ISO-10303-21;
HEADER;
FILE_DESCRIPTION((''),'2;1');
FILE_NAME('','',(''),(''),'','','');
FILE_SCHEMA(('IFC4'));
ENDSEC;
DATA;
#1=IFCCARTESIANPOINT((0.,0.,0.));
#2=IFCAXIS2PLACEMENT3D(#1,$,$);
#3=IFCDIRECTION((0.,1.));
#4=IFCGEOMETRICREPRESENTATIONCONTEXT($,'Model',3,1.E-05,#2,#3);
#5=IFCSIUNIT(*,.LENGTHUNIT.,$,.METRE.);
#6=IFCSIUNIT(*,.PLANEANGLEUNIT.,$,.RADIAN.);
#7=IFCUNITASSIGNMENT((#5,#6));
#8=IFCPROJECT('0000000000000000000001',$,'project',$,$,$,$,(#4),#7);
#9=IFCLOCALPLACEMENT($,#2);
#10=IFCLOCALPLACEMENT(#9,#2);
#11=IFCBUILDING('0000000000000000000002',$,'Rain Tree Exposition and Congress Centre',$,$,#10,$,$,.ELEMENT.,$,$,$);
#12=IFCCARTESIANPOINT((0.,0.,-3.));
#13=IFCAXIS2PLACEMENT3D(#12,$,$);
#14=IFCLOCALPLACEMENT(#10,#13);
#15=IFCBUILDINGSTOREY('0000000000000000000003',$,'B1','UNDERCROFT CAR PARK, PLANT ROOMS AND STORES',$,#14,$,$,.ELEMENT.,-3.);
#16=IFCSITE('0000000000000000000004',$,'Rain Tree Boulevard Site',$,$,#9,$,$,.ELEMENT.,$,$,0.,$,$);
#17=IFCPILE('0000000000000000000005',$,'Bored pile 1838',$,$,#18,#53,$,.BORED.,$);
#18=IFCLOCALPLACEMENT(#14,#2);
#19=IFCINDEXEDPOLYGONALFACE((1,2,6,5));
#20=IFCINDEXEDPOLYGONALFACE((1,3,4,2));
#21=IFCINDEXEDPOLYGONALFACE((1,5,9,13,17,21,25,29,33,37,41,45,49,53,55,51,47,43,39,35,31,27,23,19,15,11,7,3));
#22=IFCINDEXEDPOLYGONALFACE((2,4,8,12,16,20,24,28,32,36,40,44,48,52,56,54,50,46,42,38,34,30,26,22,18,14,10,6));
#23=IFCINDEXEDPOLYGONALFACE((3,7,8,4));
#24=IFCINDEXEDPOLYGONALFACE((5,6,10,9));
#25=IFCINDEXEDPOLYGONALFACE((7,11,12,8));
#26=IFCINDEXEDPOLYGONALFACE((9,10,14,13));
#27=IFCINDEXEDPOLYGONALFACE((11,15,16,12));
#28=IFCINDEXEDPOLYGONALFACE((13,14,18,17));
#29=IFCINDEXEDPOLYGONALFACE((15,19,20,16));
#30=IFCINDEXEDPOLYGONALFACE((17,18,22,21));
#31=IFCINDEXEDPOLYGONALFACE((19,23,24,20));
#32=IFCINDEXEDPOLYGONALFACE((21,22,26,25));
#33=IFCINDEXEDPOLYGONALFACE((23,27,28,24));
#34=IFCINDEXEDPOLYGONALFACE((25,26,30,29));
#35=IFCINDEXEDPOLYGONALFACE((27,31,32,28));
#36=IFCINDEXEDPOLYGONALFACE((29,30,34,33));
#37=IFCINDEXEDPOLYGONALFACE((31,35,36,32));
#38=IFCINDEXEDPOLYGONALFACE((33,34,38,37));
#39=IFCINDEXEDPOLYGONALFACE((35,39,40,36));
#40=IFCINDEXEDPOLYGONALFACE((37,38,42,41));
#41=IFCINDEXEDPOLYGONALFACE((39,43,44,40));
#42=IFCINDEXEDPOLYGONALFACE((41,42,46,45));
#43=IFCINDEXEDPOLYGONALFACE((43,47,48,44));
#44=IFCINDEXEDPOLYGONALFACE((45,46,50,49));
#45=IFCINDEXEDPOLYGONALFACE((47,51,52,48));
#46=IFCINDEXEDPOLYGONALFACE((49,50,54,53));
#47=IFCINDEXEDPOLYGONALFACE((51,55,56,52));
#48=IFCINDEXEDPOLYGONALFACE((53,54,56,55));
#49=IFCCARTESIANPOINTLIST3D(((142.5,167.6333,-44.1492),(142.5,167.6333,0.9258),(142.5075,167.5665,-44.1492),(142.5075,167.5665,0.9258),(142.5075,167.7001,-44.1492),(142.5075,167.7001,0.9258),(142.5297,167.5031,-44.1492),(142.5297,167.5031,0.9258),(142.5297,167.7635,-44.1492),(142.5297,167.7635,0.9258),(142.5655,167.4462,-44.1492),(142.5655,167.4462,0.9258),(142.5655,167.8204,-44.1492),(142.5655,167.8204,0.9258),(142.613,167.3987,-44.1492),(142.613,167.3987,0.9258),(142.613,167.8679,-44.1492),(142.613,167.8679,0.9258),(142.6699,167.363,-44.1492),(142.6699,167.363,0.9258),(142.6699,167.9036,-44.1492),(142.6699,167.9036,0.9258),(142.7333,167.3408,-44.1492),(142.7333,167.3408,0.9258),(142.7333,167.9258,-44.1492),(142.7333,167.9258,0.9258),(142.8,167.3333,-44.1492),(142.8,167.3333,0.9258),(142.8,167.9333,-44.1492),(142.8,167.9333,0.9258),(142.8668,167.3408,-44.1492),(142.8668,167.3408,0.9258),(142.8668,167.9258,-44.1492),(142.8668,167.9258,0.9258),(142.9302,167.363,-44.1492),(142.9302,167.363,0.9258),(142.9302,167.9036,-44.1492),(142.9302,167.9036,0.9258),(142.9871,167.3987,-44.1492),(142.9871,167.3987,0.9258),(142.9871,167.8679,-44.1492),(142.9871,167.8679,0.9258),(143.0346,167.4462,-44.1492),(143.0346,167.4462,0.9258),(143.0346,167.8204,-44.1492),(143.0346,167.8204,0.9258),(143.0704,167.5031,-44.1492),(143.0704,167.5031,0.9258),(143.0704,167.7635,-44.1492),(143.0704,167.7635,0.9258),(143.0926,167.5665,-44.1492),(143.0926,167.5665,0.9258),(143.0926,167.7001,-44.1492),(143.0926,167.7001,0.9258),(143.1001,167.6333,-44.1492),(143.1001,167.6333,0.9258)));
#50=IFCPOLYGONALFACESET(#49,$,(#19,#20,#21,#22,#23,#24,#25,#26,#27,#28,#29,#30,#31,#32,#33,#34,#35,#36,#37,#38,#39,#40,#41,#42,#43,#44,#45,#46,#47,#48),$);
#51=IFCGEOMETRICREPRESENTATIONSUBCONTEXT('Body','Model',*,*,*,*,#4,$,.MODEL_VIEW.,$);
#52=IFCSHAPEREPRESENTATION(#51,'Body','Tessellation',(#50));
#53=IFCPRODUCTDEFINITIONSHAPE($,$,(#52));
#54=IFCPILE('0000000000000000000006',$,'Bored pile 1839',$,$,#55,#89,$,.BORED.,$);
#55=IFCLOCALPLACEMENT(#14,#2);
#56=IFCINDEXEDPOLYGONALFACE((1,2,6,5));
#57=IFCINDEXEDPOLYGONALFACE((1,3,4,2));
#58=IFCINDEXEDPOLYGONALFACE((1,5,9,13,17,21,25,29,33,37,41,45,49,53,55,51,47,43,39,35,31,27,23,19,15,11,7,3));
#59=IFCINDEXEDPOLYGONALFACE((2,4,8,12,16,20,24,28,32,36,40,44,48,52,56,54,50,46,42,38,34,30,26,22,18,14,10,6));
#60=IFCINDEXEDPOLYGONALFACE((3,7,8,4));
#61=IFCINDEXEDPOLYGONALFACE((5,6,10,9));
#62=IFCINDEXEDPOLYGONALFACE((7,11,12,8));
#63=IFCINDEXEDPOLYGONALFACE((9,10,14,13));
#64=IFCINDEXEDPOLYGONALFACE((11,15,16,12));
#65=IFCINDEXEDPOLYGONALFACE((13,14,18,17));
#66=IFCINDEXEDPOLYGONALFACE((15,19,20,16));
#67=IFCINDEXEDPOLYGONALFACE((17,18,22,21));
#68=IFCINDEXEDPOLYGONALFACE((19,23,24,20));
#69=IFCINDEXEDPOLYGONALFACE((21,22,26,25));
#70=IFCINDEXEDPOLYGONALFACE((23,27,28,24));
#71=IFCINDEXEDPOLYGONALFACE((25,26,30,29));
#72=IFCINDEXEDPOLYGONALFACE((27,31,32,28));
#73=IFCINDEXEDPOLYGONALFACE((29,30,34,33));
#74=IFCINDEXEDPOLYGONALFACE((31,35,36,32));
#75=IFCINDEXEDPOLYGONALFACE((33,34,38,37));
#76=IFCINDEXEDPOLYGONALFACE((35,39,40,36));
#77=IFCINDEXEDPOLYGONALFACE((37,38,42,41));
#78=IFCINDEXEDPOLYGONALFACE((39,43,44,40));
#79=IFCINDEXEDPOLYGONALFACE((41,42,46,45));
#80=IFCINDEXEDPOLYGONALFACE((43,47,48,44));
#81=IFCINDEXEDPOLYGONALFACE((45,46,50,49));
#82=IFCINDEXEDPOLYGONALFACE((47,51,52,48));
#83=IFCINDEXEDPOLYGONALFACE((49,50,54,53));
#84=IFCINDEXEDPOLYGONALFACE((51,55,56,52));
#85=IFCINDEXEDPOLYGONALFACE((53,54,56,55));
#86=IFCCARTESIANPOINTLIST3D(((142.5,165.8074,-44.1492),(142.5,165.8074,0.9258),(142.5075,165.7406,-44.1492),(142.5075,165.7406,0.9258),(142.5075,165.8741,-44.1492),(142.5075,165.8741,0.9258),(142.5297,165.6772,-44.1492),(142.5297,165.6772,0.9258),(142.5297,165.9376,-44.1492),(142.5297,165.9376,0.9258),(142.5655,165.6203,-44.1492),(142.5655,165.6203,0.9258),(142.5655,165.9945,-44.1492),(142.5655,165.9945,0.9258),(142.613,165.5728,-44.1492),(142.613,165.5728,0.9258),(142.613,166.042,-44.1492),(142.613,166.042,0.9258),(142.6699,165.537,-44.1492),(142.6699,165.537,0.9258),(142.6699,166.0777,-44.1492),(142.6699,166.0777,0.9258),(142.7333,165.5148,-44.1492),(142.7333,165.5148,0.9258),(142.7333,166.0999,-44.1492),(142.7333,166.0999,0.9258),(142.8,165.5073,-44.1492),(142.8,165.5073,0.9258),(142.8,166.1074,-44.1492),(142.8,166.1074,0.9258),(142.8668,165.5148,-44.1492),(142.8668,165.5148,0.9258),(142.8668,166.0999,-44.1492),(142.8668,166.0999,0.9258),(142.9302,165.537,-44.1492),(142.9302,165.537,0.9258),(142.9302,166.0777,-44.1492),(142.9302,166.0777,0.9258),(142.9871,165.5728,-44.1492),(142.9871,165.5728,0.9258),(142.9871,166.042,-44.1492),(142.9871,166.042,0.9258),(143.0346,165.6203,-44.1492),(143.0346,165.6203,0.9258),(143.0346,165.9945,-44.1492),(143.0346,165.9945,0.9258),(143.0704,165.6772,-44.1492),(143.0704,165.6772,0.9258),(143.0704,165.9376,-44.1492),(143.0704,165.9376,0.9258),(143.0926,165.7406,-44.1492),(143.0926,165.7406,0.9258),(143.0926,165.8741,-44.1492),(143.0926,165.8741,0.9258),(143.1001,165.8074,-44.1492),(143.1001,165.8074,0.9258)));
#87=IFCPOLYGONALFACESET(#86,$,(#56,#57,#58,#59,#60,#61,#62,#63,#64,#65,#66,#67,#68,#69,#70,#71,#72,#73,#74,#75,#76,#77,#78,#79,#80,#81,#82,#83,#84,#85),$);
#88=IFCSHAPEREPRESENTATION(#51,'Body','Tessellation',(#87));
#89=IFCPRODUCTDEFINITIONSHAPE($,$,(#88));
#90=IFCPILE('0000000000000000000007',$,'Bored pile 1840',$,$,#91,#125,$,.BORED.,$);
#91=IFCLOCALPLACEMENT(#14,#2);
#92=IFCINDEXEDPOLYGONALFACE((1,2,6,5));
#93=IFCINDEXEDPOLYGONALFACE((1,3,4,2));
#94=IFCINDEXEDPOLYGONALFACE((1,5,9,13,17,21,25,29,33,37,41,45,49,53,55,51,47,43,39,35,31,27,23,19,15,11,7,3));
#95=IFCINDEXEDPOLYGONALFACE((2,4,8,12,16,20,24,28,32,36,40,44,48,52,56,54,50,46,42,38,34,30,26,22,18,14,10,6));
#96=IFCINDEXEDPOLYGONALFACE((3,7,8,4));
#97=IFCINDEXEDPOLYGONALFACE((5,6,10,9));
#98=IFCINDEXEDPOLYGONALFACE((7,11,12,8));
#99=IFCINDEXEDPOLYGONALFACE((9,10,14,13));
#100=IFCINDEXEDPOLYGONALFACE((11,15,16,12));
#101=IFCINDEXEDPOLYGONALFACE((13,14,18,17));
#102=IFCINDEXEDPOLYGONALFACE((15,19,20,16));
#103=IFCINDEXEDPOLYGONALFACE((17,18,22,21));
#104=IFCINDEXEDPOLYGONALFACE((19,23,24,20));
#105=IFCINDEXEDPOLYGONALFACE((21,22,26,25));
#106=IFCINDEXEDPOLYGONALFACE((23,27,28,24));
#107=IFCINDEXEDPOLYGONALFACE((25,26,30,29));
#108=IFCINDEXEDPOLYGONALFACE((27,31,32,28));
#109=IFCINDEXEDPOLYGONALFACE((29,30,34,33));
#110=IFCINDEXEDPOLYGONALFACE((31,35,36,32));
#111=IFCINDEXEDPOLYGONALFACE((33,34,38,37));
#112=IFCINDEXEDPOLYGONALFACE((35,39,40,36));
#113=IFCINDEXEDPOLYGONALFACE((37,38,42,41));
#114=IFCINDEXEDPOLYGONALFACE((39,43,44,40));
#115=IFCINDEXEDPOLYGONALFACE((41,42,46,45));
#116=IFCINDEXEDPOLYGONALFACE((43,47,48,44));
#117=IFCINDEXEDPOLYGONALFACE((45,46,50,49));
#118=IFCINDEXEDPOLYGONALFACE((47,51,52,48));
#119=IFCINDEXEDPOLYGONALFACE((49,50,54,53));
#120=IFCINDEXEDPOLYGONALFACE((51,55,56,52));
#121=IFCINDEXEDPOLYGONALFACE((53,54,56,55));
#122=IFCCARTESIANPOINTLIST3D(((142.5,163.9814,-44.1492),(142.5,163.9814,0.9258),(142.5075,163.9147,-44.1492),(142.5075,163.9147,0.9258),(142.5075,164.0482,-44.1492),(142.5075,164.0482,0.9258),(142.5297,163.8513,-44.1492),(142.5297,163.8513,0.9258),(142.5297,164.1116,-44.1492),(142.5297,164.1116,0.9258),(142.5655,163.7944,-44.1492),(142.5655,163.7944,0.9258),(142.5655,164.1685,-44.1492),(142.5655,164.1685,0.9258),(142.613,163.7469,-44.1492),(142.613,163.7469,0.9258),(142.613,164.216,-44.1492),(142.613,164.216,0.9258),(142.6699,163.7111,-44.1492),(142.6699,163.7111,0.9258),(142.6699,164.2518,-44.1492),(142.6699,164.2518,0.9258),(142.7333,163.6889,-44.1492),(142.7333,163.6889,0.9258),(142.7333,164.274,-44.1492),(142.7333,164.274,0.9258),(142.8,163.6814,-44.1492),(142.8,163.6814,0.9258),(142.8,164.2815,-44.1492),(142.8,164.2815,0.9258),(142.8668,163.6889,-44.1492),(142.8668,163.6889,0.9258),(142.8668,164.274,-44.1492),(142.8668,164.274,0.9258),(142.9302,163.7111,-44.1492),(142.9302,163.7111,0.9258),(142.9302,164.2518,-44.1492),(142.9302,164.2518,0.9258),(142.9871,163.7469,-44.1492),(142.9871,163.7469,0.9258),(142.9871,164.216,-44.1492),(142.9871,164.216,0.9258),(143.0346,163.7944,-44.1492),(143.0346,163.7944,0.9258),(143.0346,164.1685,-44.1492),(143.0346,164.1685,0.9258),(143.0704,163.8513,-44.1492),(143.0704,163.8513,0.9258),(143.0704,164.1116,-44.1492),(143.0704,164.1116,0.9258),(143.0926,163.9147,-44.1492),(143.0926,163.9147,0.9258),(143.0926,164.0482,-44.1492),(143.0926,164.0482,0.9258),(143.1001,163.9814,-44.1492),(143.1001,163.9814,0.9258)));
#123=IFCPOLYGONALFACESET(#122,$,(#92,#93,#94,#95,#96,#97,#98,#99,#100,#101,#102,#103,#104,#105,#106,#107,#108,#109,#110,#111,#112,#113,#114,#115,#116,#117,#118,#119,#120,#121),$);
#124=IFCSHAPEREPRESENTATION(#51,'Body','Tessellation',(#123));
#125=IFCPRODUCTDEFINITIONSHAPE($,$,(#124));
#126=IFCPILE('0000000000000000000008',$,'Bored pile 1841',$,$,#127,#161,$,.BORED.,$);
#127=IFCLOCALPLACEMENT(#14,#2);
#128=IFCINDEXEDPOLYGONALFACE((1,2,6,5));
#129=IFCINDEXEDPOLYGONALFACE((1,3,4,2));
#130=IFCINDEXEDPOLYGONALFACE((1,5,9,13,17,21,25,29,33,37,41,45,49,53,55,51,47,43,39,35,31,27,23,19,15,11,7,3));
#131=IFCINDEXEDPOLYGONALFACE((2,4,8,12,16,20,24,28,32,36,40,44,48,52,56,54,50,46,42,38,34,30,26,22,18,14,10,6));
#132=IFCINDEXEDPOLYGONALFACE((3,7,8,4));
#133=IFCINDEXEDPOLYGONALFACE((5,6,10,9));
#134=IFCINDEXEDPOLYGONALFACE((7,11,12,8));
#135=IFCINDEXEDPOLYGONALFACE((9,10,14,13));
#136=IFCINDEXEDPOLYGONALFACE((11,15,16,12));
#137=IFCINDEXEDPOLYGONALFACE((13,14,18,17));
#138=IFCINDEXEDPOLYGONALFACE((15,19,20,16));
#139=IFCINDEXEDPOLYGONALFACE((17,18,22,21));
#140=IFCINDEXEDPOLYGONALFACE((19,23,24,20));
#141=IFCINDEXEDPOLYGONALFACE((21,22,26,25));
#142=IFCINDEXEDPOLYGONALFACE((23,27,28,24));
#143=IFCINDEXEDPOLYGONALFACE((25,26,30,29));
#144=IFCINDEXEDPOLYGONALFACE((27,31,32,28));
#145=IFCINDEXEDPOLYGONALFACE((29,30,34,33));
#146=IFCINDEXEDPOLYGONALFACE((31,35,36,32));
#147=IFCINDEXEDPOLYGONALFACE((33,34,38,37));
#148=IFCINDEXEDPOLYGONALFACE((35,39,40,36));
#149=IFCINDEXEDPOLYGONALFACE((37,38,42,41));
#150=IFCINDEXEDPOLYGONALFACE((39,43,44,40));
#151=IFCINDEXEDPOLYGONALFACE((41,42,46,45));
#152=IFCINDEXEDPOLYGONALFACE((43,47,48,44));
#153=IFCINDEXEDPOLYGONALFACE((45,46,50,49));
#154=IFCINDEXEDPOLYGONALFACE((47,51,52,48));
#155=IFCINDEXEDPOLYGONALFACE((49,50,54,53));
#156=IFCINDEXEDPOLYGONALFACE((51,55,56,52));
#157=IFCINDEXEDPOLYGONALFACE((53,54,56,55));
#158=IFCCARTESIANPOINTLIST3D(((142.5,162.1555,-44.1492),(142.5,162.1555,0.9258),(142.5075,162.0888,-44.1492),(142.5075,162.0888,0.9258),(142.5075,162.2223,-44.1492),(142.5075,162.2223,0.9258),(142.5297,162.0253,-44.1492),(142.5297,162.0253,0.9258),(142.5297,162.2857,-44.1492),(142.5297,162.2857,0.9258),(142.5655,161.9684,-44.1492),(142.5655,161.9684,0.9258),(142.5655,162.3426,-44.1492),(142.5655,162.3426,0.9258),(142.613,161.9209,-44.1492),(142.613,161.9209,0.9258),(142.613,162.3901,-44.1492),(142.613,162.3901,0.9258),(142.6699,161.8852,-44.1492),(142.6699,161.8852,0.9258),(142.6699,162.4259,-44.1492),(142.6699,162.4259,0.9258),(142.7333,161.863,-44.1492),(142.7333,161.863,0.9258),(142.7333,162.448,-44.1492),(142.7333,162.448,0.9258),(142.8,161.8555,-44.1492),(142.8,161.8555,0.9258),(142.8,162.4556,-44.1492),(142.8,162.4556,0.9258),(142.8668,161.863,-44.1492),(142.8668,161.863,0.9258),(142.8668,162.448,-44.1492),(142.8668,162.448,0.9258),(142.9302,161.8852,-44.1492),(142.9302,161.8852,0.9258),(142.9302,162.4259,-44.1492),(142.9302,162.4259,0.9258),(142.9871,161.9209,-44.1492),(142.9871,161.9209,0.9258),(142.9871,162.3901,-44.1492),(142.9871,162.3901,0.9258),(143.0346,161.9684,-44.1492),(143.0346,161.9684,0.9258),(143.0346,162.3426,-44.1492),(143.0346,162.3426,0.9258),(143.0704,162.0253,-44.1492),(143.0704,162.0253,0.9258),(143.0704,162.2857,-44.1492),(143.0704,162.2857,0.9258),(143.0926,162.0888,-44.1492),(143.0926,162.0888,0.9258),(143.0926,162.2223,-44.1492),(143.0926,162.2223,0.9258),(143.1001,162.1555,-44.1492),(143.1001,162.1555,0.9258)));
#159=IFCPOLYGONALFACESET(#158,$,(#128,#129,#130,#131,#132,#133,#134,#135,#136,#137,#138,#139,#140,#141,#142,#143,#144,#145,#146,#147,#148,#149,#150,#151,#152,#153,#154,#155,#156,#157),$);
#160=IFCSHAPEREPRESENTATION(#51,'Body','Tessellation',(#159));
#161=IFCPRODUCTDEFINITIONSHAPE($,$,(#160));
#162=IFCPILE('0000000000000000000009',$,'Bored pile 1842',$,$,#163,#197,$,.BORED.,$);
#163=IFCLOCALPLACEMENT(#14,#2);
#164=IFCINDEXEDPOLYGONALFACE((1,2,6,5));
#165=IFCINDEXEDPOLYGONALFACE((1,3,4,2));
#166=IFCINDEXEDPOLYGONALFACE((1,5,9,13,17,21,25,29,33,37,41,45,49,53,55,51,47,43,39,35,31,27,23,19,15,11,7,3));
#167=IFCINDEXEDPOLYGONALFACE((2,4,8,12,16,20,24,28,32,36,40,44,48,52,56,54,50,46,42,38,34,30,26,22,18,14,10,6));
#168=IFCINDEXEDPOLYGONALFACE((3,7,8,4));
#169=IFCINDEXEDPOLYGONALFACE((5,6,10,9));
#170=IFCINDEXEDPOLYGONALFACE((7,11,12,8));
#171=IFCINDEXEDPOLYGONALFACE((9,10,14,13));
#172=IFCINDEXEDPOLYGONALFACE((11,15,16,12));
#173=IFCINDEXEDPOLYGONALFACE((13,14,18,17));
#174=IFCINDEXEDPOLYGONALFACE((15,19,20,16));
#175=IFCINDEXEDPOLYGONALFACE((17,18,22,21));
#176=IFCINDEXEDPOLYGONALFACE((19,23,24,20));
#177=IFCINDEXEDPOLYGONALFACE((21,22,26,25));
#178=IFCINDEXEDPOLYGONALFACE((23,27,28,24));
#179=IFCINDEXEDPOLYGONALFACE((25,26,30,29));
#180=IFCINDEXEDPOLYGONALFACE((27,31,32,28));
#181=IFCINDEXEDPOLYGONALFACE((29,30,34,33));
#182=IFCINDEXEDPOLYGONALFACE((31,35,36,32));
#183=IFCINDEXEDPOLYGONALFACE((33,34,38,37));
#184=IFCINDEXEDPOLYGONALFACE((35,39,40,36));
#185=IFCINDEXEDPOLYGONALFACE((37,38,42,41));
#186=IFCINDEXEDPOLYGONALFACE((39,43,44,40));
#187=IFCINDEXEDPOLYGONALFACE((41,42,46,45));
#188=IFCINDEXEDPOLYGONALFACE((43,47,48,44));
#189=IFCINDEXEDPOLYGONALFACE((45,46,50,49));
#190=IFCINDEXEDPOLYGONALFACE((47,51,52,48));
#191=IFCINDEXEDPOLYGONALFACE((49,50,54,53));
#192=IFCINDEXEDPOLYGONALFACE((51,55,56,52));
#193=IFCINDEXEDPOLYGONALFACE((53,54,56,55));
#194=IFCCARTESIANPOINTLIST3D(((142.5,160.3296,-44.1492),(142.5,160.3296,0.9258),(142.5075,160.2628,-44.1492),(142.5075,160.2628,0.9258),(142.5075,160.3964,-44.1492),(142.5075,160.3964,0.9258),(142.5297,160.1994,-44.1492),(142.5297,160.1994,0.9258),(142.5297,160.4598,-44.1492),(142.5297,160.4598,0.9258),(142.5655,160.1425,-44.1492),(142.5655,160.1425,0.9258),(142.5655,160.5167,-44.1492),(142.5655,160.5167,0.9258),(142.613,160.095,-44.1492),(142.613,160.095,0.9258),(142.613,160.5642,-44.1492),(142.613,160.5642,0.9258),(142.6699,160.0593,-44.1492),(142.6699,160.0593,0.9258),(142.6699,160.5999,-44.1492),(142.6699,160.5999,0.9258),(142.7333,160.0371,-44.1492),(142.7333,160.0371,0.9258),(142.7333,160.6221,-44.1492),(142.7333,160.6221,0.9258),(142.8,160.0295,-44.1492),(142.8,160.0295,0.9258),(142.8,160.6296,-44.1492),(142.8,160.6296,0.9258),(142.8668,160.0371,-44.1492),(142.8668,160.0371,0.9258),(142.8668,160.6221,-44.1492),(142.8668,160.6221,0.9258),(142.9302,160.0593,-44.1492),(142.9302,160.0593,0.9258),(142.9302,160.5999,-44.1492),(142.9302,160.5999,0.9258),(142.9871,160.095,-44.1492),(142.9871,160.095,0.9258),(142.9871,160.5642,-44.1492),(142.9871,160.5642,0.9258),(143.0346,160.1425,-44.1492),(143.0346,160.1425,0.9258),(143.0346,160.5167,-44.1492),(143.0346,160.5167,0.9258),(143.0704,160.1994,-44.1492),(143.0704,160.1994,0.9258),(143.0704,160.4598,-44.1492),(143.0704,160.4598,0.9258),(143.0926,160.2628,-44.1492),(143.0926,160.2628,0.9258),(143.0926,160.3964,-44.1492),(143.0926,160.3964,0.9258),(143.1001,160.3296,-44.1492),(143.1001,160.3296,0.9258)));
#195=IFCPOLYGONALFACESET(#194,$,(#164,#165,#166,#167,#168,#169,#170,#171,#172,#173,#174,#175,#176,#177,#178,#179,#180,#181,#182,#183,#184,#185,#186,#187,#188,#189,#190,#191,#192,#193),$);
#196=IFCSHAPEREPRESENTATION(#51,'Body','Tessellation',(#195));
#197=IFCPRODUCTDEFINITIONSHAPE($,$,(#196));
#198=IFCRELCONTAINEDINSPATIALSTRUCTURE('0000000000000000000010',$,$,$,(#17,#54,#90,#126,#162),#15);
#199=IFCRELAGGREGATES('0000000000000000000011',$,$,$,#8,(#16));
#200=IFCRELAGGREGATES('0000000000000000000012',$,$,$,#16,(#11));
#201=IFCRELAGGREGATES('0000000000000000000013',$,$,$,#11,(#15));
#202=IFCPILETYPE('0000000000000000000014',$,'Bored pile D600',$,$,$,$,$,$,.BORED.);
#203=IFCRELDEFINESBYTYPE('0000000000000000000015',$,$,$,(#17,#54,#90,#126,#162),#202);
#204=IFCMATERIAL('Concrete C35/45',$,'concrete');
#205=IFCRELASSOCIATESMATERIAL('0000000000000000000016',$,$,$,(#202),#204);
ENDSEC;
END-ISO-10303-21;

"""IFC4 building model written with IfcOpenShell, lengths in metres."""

from ifc_helpers import new_model, si_unit, direction, frame, origin, origin_2d, place, context, subcontext, project, spatial, circle, extrude, material, material_profile, profile_set, type_object, element, save


model = new_model("IFC4")

# Units and contexts
model_context = context("Model", 3, precision=1e-05, world=origin(), true_north=direction((0.0, 1.0)))
body_context = subcontext(model_context, "Body", "Model", "MODEL_VIEW")
ifc_project = project(units=[si_unit("LENGTHUNIT", "METRE"), si_unit("PLANEANGLEUNIT", "RADIAN")], contexts=[model_context])

# Site, building, storey
site_placement = place(None, origin())
site = spatial("IfcSite", under=ifc_project, at=site_placement, Name="Rain Tree Boulevard Site", CompositionType="ELEMENT", RefElevation=0.0)
building_placement = place(site_placement, origin())
building = spatial("IfcBuilding", under=site, at=building_placement, Name="Rain Tree Exposition and Congress Centre", CompositionType="ELEMENT")
storey_placement = place(building_placement, frame((0.0, 0.0, -3.0)))
storey = spatial("IfcBuildingStorey", under=building, at=storey_placement, Name="B1", Description="UNDERCROFT CAR PARK, PLANT ROOMS AND STORES", CompositionType="ELEMENT", Elevation=-3.0)

# Piles
ifc_material = material(Name="Concrete C35/45", Category="concrete")
ifc_material_profile = material_profile(ifc_material, circle(Radius=0.3, at=origin_2d()), Name="D600")
ifc_profile_set = profile_set([ifc_material_profile], Name="Concrete C35/45")
pile_type = type_object("IfcPileType", Name="Bored pile D600", PredefinedType="BORED", material=ifc_profile_set)
for number, where, z_axis, x_axis, name in (
    (1, (142.8, 167.6333, 0.9258), (0.0, 0.0, -1.0), (1.0, 0.0, 0.0), "Bored pile 1838"),
    (2, (142.8, 165.8074, 0.9258), (0.0, 0.0, -1.0), (1.0, 0.0, 0.0), "Bored pile 1839"),
    (3, (142.8, 163.9814, 0.9258), (0.0, 0.0, -1.0), (1.0, 0.0, 0.0), "Bored pile 1840"),
    (4, (142.8, 162.1555, 0.9258), (0.0, 0.0, -1.0), (1.0, 0.0, 0.0), "Bored pile 1841"),
    (5, (142.8, 160.3296, 0.9258), (0.0, 0.0, -1.0), (1.0, 0.0, 0.0), "Bored pile 1842"),
):
    element("IfcPile", number, at=place(storey_placement, frame(where, z_axis=z_axis, x_axis=x_axis)), inside=storey, type_object=pile_type, Name=name, PredefinedType="BORED", context=body_context, shape_type="SweptSolid", body=[
        extrude(circle(Radius=0.3, at=origin_2d()), origin(), (0.0, 0.0, 1.0), 45.075),
    ])

save(model, "model.ifc")
